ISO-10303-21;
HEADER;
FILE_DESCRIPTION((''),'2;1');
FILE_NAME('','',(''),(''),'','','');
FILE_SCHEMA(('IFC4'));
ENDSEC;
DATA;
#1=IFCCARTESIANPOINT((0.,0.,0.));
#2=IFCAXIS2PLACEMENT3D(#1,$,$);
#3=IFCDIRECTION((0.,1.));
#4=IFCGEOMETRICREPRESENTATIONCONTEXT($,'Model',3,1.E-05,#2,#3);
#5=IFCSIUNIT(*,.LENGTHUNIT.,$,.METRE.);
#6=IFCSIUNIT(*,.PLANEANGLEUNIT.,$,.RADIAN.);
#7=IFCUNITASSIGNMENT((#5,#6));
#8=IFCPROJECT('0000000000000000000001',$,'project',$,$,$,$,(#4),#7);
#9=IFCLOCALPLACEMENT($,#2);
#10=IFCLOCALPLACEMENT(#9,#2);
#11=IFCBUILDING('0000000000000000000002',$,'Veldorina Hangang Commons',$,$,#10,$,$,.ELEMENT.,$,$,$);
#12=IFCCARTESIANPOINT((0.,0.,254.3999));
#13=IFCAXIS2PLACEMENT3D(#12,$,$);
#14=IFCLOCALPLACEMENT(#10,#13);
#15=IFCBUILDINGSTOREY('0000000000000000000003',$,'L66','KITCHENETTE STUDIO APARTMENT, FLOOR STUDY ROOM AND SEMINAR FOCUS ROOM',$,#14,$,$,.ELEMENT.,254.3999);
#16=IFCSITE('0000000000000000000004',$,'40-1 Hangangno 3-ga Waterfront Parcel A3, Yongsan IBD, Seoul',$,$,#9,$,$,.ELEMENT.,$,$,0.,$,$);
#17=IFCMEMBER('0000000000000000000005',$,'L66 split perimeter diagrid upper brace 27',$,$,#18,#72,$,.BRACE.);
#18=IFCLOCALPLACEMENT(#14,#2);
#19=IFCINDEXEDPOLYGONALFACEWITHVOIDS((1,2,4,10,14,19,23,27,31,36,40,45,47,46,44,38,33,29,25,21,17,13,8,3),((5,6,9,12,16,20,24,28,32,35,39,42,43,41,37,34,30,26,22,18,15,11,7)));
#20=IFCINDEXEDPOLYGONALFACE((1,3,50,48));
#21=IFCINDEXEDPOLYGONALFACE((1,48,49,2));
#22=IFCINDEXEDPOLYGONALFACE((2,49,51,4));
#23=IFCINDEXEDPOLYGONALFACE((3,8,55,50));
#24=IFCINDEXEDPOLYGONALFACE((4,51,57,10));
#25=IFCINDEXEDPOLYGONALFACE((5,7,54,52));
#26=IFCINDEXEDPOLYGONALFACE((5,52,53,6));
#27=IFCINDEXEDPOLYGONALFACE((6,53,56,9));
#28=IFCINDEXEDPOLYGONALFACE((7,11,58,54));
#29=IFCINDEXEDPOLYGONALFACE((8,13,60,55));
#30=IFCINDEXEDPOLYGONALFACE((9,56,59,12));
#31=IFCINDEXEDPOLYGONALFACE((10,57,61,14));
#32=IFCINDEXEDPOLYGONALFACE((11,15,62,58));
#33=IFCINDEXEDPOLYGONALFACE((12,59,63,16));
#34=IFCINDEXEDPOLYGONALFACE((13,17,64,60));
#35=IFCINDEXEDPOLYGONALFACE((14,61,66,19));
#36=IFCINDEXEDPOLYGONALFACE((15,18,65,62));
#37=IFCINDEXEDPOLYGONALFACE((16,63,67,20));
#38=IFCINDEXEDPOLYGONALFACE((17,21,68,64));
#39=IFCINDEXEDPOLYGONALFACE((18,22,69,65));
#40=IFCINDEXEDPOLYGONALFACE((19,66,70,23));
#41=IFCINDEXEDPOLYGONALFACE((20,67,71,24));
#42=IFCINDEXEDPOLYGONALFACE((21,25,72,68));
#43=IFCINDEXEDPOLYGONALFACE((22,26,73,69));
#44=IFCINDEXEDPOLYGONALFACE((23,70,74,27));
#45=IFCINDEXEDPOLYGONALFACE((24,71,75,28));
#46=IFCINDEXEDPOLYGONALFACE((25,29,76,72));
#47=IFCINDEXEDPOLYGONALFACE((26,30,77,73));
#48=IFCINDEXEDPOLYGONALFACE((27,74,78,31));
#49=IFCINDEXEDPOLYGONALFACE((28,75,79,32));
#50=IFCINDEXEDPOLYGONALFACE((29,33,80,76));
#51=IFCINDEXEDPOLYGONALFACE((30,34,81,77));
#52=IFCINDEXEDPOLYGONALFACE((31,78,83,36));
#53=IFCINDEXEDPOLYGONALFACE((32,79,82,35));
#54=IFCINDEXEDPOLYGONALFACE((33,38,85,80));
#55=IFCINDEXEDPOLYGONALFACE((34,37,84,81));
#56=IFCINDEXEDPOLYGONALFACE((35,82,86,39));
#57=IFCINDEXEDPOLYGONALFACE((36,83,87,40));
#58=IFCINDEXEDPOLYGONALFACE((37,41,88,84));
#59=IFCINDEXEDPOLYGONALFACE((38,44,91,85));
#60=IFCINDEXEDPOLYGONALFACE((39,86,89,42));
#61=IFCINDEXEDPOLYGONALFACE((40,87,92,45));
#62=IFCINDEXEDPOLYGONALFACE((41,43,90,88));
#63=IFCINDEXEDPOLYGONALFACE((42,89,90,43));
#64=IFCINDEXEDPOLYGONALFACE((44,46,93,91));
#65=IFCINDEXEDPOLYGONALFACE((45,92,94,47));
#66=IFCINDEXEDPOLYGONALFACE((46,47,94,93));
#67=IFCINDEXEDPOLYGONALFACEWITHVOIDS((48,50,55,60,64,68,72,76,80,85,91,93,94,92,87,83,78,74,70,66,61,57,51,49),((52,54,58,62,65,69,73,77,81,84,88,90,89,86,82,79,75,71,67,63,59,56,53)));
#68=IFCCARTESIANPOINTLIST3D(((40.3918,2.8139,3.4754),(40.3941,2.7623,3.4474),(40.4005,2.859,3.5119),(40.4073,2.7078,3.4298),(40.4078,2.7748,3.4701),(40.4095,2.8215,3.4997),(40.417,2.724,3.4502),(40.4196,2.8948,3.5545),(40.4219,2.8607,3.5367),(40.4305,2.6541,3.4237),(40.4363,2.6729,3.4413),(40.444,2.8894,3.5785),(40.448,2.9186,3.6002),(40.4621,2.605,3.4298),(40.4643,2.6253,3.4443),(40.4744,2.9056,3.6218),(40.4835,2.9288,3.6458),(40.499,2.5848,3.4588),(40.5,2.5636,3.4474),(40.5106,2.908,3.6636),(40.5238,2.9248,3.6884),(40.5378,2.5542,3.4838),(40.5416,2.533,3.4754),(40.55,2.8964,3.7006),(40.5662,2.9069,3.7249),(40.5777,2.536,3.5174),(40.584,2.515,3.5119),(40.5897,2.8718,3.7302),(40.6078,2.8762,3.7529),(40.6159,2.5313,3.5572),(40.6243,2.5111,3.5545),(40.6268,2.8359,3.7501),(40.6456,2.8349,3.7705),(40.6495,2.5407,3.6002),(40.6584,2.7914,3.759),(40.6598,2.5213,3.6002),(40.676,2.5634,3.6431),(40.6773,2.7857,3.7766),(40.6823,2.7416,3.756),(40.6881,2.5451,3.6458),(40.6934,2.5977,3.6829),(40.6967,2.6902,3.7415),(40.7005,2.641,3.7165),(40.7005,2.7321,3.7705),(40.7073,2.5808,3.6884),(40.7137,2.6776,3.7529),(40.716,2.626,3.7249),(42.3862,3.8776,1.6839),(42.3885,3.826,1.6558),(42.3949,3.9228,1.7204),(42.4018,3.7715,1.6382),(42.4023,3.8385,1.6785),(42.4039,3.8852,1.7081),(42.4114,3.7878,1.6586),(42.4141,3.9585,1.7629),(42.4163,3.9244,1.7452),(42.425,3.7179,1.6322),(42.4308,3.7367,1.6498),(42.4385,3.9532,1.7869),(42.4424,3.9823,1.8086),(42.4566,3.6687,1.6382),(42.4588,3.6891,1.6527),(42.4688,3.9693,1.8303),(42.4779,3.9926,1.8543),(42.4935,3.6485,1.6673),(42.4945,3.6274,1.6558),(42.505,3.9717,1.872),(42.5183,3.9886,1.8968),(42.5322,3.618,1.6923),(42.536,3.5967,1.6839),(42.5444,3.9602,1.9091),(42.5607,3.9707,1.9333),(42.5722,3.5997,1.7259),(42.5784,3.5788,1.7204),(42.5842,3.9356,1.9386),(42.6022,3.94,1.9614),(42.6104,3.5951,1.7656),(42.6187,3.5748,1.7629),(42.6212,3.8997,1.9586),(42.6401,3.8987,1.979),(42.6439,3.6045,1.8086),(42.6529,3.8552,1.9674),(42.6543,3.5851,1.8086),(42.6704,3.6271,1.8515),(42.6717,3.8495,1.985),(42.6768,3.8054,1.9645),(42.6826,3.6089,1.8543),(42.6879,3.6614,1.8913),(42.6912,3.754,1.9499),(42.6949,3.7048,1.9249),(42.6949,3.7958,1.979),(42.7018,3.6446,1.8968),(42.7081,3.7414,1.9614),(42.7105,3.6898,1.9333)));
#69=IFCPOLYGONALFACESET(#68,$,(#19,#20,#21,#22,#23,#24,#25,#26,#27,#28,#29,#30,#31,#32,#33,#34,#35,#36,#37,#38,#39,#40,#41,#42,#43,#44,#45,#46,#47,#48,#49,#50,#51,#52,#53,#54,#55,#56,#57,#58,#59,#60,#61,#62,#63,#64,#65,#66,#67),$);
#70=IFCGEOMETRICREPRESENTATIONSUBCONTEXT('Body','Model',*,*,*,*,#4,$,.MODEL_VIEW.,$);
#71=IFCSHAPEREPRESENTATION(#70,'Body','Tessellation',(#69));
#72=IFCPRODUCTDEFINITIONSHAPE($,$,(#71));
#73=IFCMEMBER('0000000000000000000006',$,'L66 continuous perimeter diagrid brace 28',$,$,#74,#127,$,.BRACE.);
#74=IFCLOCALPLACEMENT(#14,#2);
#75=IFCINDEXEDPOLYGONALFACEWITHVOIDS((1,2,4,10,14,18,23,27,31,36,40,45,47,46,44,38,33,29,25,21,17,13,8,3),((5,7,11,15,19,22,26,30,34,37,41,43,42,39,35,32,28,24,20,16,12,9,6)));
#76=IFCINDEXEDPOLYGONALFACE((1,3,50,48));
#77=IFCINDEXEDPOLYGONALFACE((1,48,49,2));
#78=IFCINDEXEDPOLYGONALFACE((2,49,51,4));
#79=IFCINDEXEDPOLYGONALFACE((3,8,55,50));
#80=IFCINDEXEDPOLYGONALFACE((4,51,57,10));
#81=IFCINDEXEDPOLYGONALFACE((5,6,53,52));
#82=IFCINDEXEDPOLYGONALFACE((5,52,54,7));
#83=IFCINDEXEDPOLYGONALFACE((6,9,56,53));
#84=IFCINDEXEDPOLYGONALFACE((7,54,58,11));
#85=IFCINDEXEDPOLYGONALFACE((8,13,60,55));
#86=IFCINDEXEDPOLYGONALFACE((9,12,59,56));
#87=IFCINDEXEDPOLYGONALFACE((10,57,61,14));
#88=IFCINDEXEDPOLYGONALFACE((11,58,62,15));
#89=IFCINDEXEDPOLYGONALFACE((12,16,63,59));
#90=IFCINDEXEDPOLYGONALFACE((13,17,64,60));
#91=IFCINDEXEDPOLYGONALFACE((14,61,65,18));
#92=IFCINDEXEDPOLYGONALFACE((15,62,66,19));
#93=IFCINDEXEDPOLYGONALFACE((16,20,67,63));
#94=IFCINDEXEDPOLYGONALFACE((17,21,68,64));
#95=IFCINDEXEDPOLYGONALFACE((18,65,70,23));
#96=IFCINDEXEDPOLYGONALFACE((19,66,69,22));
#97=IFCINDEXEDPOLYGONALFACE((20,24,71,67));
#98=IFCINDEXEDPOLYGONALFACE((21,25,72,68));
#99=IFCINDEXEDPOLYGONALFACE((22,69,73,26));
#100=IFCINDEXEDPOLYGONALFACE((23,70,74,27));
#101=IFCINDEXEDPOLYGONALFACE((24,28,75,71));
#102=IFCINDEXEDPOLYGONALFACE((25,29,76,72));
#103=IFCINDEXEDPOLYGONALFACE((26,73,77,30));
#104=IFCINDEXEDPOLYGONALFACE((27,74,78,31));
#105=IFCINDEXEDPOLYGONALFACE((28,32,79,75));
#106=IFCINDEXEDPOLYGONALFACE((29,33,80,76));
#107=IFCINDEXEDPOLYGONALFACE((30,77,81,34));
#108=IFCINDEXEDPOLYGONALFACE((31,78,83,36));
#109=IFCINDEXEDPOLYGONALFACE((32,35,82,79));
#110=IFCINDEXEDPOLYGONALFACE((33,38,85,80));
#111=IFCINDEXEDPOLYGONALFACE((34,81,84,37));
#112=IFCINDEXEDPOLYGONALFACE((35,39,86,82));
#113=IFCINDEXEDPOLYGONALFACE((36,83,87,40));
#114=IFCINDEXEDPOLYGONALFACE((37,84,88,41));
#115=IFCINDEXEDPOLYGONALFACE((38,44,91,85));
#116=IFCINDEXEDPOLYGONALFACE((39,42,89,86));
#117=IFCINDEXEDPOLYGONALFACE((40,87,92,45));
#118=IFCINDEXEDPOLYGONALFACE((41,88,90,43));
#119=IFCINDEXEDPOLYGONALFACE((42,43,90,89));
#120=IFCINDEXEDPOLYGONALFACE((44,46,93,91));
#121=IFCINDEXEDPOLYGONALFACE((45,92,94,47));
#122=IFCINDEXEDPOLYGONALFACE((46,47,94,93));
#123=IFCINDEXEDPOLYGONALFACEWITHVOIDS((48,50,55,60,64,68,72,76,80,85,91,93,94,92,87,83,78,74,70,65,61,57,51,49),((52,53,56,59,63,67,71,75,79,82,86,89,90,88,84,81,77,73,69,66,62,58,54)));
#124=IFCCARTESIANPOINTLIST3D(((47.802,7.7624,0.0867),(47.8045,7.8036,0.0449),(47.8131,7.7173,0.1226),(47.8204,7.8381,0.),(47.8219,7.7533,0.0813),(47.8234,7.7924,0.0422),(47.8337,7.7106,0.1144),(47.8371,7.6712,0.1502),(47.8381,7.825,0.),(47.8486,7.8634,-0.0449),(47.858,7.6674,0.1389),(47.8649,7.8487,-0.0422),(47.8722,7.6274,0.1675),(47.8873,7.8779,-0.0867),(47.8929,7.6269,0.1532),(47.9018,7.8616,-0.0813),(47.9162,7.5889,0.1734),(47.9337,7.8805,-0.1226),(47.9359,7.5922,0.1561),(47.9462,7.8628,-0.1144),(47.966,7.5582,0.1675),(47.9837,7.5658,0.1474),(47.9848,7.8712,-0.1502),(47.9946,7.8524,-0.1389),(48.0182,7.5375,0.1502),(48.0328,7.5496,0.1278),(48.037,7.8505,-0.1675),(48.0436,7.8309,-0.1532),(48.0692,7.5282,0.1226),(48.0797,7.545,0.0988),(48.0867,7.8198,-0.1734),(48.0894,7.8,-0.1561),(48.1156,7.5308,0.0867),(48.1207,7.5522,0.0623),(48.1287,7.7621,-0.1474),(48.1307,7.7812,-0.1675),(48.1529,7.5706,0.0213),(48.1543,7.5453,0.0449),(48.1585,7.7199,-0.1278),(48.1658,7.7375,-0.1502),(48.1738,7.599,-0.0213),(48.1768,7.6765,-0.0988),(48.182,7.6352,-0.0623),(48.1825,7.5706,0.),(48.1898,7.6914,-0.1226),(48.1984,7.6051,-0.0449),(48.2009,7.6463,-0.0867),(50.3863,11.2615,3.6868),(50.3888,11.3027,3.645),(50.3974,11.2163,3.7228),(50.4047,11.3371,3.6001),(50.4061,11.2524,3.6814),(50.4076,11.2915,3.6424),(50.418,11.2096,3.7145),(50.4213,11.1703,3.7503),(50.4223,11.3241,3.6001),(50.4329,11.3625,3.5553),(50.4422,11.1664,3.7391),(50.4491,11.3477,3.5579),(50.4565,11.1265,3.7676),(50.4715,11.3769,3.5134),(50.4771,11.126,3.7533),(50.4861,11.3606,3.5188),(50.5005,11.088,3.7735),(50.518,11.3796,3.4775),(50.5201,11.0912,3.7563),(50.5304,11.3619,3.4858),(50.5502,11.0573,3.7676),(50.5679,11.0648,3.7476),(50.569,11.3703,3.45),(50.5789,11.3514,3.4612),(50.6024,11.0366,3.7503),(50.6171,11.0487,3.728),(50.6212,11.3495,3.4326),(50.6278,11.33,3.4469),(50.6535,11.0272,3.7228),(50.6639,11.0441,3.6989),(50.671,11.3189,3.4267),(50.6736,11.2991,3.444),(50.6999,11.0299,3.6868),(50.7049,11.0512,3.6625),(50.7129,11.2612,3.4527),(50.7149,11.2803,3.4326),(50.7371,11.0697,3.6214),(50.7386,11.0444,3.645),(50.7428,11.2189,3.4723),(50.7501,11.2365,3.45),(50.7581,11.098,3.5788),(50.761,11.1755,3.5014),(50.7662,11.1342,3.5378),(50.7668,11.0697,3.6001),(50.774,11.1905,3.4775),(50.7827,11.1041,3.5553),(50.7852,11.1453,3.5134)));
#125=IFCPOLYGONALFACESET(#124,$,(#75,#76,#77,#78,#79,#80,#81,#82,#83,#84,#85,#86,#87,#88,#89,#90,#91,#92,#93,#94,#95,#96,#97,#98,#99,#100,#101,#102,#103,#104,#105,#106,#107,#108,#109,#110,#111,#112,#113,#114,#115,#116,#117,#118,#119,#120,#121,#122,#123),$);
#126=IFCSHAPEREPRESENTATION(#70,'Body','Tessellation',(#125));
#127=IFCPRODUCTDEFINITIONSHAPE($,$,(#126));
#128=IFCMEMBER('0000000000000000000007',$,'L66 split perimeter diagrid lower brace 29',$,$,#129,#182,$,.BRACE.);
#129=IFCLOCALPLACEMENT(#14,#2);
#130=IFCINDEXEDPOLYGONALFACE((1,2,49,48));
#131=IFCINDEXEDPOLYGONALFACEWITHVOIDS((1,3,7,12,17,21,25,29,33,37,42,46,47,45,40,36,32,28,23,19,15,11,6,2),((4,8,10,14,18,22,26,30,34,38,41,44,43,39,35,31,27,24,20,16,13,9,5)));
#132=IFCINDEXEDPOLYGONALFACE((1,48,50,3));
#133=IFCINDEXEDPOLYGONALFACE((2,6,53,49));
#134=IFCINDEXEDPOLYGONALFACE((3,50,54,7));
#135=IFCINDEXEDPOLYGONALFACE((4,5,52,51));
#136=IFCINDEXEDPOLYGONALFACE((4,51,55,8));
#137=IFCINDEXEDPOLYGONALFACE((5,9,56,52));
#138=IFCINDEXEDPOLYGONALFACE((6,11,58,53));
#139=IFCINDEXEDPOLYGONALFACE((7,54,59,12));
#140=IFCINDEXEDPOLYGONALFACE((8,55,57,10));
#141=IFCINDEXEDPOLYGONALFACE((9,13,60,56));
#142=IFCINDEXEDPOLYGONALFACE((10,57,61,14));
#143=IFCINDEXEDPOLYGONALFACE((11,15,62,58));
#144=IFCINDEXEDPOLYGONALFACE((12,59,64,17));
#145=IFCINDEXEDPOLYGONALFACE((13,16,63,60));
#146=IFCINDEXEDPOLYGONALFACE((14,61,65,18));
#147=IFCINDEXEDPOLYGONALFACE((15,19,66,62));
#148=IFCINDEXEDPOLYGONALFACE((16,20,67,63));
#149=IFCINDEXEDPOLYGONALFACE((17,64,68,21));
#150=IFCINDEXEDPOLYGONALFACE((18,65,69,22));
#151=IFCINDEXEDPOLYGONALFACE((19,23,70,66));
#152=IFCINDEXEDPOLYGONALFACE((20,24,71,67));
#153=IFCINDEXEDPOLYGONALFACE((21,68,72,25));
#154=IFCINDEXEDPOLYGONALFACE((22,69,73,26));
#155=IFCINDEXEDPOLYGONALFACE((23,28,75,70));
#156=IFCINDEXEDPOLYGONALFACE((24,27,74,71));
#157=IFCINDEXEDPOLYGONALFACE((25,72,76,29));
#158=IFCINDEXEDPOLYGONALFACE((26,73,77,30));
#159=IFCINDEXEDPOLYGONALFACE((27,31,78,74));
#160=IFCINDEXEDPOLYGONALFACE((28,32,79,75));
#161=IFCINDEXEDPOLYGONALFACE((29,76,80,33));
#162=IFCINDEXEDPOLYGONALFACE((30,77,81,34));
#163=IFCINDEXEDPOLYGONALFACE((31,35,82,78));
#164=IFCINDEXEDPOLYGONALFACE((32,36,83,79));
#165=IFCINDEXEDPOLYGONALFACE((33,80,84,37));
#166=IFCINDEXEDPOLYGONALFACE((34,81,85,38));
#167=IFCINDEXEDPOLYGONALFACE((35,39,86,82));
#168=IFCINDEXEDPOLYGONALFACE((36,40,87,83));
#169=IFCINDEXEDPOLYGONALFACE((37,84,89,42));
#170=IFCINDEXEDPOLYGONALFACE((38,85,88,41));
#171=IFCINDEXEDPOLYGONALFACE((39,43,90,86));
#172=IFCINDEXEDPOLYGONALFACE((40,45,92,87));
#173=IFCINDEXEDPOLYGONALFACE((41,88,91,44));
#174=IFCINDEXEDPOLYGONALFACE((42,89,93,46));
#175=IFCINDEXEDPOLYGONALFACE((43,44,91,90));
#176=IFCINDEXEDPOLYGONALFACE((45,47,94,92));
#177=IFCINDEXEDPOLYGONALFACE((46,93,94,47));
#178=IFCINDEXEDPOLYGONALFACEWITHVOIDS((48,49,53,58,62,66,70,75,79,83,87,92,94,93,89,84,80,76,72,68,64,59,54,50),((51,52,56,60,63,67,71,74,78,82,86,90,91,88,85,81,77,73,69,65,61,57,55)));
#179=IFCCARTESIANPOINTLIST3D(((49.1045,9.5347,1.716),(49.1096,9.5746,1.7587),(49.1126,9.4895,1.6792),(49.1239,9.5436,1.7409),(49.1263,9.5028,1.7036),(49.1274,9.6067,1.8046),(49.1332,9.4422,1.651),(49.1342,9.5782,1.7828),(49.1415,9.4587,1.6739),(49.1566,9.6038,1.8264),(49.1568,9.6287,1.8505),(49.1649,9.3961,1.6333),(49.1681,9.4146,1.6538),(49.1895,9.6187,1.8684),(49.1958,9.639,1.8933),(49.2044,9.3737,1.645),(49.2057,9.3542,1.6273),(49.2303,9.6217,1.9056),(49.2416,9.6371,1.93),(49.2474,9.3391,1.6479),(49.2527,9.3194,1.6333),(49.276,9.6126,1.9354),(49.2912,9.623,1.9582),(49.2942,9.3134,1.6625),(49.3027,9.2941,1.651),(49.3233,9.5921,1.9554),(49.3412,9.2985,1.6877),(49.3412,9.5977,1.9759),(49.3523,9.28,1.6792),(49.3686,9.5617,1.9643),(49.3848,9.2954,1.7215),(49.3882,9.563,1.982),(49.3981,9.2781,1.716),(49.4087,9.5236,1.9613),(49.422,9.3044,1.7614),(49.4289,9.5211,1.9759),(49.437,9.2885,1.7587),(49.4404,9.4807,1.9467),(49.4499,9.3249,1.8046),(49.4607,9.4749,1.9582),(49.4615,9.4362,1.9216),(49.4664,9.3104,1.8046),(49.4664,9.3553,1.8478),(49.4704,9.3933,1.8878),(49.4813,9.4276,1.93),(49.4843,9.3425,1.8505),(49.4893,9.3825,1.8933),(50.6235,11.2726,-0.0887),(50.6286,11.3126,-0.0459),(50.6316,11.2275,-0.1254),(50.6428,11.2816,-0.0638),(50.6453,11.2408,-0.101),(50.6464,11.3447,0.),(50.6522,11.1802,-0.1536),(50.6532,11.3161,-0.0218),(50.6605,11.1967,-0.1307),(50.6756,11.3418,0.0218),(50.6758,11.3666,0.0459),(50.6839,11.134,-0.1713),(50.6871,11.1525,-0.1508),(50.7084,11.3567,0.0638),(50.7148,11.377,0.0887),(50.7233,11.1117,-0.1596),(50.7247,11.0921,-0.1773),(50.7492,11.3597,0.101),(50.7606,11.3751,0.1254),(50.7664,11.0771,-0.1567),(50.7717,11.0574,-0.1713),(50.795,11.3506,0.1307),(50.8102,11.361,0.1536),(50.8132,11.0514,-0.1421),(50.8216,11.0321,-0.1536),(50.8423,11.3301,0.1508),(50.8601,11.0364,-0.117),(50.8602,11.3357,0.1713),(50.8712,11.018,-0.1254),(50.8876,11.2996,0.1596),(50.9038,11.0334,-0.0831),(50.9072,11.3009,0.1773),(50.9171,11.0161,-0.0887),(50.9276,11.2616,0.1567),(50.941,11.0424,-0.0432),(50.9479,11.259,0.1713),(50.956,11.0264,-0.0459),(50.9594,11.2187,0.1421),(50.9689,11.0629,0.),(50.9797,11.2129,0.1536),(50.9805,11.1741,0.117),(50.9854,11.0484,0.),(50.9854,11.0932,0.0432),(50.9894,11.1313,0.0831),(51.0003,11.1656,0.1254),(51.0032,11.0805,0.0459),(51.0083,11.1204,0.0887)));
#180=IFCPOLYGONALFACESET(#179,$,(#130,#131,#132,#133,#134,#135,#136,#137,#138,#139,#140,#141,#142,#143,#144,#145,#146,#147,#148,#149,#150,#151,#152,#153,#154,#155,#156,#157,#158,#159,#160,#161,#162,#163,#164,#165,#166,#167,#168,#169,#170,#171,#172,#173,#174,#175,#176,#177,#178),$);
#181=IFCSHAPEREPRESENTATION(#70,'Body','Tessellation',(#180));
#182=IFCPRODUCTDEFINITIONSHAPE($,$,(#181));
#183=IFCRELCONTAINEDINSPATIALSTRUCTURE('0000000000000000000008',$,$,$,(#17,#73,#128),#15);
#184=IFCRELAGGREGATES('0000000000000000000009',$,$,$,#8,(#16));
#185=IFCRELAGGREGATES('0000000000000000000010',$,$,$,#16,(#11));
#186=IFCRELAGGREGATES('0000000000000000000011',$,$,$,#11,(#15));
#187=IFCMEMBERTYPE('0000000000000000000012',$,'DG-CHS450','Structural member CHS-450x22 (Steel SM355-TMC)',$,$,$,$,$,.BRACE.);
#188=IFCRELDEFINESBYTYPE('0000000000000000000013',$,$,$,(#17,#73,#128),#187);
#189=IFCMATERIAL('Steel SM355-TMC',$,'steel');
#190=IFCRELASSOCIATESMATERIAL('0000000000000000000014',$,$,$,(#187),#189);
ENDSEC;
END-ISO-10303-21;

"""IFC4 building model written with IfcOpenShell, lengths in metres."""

from ifc_helpers import new_model, si_unit, direction, frame, origin, origin_2d, place, context, subcontext, project, spatial, hollow_circle, extrude, material, material_profile, profile_set, type_object, element, save


model = new_model("IFC4")

# Units and contexts
model_context = context("Model", 3, precision=1e-05, world=origin(), true_north=direction((0.0, 1.0)))
body_context = subcontext(model_context, "Body", "Model", "MODEL_VIEW")
ifc_project = project(units=[si_unit("LENGTHUNIT", "METRE"), si_unit("PLANEANGLEUNIT", "RADIAN")], contexts=[model_context])

# Site, building, storey
site_placement = place(None, origin())
site = spatial("IfcSite", under=ifc_project, at=site_placement, Name="40-1 Hangangno 3-ga Waterfront Parcel A3, Yongsan IBD, Seoul", CompositionType="ELEMENT", RefElevation=0.0)
building_placement = place(site_placement, origin())
building = spatial("IfcBuilding", under=site, at=building_placement, Name="Veldorina Hangang Commons", CompositionType="ELEMENT")
storey_placement = place(building_placement, frame((0.0, 0.0, 254.3999)))
storey = spatial("IfcBuildingStorey", under=building, at=storey_placement, Name="L66", Description="KITCHENETTE STUDIO APARTMENT, FLOOR STUDY ROOM AND SEMINAR FOCUS ROOM", CompositionType="ELEMENT", Elevation=254.3999)

# Shared definitions
ifc_material_1 = material(Name="Steel SM355-TMC", Category="steel")

# Members
ifc_material_profile_1 = material_profile(ifc_material_1, hollow_circle(Radius=0.2251, WallThickness=0.022, at=origin_2d()), Name="CHS-450x22")
ifc_profile_set_1 = profile_set([ifc_material_profile_1], Name="Steel SM355-TMC")
member_type_1 = type_object("IfcMemberType", Name="DG-CHS450", Description="Structural member CHS-450x22 (Steel SM355-TMC)", PredefinedType="BRACE", material=ifc_profile_set_1)
member_1_placement = place(storey_placement, frame((42.5483, 3.7837, 1.8086), z_axis=(-0.691488, -0.368811, 0.621146), x_axis=(0.470605, -0.882344, 0.0)))
element("IfcMember", 1, at=member_1_placement, inside=storey, type_object=member_type_1, Name="L66 split perimeter diagrid upper brace 27", PredefinedType="BRACE", context=body_context, shape_type="SweptSolid", body=[
    extrude(hollow_circle(Radius=0.2251, WallThickness=0.022, at=origin_2d()), origin(), (0.0, 0.0, 1.0), 2.8843),
])
member_2_placement = place(storey_placement, frame((48.0015, 7.7043, 0.0), z_axis=(0.457675, 0.619688, 0.637589), x_axis=(-0.804397, 0.594093, 0.0)))
element("IfcMember", 2, at=member_2_placement, inside=storey, type_object=member_type_1, Name="L66 continuous perimeter diagrid brace 28", PredefinedType="BRACE", context=body_context, shape_type="SweptSolid", body=[
    extrude(hollow_circle(Radius=0.2251, WallThickness=0.022, at=origin_2d()), origin(), (0.0, 0.0, 1.0), 5.6465),
])
member_3_placement = place(storey_placement, frame((50.8159, 11.1965, 0.0), z_axis=(-0.518437, -0.593178, 0.615925), x_axis=(0.75295, -0.658078, 0.0)))
element("IfcMember", 3, at=member_3_placement, inside=storey, type_object=member_type_1, Name="L66 split perimeter diagrid lower brace 29", PredefinedType="BRACE", context=body_context, shape_type="SweptSolid", body=[
    extrude(hollow_circle(Radius=0.2251, WallThickness=0.022, at=origin_2d()), origin(), (0.0, 0.0, 1.0), 2.9299),
])

save(model, "model.ifc")
